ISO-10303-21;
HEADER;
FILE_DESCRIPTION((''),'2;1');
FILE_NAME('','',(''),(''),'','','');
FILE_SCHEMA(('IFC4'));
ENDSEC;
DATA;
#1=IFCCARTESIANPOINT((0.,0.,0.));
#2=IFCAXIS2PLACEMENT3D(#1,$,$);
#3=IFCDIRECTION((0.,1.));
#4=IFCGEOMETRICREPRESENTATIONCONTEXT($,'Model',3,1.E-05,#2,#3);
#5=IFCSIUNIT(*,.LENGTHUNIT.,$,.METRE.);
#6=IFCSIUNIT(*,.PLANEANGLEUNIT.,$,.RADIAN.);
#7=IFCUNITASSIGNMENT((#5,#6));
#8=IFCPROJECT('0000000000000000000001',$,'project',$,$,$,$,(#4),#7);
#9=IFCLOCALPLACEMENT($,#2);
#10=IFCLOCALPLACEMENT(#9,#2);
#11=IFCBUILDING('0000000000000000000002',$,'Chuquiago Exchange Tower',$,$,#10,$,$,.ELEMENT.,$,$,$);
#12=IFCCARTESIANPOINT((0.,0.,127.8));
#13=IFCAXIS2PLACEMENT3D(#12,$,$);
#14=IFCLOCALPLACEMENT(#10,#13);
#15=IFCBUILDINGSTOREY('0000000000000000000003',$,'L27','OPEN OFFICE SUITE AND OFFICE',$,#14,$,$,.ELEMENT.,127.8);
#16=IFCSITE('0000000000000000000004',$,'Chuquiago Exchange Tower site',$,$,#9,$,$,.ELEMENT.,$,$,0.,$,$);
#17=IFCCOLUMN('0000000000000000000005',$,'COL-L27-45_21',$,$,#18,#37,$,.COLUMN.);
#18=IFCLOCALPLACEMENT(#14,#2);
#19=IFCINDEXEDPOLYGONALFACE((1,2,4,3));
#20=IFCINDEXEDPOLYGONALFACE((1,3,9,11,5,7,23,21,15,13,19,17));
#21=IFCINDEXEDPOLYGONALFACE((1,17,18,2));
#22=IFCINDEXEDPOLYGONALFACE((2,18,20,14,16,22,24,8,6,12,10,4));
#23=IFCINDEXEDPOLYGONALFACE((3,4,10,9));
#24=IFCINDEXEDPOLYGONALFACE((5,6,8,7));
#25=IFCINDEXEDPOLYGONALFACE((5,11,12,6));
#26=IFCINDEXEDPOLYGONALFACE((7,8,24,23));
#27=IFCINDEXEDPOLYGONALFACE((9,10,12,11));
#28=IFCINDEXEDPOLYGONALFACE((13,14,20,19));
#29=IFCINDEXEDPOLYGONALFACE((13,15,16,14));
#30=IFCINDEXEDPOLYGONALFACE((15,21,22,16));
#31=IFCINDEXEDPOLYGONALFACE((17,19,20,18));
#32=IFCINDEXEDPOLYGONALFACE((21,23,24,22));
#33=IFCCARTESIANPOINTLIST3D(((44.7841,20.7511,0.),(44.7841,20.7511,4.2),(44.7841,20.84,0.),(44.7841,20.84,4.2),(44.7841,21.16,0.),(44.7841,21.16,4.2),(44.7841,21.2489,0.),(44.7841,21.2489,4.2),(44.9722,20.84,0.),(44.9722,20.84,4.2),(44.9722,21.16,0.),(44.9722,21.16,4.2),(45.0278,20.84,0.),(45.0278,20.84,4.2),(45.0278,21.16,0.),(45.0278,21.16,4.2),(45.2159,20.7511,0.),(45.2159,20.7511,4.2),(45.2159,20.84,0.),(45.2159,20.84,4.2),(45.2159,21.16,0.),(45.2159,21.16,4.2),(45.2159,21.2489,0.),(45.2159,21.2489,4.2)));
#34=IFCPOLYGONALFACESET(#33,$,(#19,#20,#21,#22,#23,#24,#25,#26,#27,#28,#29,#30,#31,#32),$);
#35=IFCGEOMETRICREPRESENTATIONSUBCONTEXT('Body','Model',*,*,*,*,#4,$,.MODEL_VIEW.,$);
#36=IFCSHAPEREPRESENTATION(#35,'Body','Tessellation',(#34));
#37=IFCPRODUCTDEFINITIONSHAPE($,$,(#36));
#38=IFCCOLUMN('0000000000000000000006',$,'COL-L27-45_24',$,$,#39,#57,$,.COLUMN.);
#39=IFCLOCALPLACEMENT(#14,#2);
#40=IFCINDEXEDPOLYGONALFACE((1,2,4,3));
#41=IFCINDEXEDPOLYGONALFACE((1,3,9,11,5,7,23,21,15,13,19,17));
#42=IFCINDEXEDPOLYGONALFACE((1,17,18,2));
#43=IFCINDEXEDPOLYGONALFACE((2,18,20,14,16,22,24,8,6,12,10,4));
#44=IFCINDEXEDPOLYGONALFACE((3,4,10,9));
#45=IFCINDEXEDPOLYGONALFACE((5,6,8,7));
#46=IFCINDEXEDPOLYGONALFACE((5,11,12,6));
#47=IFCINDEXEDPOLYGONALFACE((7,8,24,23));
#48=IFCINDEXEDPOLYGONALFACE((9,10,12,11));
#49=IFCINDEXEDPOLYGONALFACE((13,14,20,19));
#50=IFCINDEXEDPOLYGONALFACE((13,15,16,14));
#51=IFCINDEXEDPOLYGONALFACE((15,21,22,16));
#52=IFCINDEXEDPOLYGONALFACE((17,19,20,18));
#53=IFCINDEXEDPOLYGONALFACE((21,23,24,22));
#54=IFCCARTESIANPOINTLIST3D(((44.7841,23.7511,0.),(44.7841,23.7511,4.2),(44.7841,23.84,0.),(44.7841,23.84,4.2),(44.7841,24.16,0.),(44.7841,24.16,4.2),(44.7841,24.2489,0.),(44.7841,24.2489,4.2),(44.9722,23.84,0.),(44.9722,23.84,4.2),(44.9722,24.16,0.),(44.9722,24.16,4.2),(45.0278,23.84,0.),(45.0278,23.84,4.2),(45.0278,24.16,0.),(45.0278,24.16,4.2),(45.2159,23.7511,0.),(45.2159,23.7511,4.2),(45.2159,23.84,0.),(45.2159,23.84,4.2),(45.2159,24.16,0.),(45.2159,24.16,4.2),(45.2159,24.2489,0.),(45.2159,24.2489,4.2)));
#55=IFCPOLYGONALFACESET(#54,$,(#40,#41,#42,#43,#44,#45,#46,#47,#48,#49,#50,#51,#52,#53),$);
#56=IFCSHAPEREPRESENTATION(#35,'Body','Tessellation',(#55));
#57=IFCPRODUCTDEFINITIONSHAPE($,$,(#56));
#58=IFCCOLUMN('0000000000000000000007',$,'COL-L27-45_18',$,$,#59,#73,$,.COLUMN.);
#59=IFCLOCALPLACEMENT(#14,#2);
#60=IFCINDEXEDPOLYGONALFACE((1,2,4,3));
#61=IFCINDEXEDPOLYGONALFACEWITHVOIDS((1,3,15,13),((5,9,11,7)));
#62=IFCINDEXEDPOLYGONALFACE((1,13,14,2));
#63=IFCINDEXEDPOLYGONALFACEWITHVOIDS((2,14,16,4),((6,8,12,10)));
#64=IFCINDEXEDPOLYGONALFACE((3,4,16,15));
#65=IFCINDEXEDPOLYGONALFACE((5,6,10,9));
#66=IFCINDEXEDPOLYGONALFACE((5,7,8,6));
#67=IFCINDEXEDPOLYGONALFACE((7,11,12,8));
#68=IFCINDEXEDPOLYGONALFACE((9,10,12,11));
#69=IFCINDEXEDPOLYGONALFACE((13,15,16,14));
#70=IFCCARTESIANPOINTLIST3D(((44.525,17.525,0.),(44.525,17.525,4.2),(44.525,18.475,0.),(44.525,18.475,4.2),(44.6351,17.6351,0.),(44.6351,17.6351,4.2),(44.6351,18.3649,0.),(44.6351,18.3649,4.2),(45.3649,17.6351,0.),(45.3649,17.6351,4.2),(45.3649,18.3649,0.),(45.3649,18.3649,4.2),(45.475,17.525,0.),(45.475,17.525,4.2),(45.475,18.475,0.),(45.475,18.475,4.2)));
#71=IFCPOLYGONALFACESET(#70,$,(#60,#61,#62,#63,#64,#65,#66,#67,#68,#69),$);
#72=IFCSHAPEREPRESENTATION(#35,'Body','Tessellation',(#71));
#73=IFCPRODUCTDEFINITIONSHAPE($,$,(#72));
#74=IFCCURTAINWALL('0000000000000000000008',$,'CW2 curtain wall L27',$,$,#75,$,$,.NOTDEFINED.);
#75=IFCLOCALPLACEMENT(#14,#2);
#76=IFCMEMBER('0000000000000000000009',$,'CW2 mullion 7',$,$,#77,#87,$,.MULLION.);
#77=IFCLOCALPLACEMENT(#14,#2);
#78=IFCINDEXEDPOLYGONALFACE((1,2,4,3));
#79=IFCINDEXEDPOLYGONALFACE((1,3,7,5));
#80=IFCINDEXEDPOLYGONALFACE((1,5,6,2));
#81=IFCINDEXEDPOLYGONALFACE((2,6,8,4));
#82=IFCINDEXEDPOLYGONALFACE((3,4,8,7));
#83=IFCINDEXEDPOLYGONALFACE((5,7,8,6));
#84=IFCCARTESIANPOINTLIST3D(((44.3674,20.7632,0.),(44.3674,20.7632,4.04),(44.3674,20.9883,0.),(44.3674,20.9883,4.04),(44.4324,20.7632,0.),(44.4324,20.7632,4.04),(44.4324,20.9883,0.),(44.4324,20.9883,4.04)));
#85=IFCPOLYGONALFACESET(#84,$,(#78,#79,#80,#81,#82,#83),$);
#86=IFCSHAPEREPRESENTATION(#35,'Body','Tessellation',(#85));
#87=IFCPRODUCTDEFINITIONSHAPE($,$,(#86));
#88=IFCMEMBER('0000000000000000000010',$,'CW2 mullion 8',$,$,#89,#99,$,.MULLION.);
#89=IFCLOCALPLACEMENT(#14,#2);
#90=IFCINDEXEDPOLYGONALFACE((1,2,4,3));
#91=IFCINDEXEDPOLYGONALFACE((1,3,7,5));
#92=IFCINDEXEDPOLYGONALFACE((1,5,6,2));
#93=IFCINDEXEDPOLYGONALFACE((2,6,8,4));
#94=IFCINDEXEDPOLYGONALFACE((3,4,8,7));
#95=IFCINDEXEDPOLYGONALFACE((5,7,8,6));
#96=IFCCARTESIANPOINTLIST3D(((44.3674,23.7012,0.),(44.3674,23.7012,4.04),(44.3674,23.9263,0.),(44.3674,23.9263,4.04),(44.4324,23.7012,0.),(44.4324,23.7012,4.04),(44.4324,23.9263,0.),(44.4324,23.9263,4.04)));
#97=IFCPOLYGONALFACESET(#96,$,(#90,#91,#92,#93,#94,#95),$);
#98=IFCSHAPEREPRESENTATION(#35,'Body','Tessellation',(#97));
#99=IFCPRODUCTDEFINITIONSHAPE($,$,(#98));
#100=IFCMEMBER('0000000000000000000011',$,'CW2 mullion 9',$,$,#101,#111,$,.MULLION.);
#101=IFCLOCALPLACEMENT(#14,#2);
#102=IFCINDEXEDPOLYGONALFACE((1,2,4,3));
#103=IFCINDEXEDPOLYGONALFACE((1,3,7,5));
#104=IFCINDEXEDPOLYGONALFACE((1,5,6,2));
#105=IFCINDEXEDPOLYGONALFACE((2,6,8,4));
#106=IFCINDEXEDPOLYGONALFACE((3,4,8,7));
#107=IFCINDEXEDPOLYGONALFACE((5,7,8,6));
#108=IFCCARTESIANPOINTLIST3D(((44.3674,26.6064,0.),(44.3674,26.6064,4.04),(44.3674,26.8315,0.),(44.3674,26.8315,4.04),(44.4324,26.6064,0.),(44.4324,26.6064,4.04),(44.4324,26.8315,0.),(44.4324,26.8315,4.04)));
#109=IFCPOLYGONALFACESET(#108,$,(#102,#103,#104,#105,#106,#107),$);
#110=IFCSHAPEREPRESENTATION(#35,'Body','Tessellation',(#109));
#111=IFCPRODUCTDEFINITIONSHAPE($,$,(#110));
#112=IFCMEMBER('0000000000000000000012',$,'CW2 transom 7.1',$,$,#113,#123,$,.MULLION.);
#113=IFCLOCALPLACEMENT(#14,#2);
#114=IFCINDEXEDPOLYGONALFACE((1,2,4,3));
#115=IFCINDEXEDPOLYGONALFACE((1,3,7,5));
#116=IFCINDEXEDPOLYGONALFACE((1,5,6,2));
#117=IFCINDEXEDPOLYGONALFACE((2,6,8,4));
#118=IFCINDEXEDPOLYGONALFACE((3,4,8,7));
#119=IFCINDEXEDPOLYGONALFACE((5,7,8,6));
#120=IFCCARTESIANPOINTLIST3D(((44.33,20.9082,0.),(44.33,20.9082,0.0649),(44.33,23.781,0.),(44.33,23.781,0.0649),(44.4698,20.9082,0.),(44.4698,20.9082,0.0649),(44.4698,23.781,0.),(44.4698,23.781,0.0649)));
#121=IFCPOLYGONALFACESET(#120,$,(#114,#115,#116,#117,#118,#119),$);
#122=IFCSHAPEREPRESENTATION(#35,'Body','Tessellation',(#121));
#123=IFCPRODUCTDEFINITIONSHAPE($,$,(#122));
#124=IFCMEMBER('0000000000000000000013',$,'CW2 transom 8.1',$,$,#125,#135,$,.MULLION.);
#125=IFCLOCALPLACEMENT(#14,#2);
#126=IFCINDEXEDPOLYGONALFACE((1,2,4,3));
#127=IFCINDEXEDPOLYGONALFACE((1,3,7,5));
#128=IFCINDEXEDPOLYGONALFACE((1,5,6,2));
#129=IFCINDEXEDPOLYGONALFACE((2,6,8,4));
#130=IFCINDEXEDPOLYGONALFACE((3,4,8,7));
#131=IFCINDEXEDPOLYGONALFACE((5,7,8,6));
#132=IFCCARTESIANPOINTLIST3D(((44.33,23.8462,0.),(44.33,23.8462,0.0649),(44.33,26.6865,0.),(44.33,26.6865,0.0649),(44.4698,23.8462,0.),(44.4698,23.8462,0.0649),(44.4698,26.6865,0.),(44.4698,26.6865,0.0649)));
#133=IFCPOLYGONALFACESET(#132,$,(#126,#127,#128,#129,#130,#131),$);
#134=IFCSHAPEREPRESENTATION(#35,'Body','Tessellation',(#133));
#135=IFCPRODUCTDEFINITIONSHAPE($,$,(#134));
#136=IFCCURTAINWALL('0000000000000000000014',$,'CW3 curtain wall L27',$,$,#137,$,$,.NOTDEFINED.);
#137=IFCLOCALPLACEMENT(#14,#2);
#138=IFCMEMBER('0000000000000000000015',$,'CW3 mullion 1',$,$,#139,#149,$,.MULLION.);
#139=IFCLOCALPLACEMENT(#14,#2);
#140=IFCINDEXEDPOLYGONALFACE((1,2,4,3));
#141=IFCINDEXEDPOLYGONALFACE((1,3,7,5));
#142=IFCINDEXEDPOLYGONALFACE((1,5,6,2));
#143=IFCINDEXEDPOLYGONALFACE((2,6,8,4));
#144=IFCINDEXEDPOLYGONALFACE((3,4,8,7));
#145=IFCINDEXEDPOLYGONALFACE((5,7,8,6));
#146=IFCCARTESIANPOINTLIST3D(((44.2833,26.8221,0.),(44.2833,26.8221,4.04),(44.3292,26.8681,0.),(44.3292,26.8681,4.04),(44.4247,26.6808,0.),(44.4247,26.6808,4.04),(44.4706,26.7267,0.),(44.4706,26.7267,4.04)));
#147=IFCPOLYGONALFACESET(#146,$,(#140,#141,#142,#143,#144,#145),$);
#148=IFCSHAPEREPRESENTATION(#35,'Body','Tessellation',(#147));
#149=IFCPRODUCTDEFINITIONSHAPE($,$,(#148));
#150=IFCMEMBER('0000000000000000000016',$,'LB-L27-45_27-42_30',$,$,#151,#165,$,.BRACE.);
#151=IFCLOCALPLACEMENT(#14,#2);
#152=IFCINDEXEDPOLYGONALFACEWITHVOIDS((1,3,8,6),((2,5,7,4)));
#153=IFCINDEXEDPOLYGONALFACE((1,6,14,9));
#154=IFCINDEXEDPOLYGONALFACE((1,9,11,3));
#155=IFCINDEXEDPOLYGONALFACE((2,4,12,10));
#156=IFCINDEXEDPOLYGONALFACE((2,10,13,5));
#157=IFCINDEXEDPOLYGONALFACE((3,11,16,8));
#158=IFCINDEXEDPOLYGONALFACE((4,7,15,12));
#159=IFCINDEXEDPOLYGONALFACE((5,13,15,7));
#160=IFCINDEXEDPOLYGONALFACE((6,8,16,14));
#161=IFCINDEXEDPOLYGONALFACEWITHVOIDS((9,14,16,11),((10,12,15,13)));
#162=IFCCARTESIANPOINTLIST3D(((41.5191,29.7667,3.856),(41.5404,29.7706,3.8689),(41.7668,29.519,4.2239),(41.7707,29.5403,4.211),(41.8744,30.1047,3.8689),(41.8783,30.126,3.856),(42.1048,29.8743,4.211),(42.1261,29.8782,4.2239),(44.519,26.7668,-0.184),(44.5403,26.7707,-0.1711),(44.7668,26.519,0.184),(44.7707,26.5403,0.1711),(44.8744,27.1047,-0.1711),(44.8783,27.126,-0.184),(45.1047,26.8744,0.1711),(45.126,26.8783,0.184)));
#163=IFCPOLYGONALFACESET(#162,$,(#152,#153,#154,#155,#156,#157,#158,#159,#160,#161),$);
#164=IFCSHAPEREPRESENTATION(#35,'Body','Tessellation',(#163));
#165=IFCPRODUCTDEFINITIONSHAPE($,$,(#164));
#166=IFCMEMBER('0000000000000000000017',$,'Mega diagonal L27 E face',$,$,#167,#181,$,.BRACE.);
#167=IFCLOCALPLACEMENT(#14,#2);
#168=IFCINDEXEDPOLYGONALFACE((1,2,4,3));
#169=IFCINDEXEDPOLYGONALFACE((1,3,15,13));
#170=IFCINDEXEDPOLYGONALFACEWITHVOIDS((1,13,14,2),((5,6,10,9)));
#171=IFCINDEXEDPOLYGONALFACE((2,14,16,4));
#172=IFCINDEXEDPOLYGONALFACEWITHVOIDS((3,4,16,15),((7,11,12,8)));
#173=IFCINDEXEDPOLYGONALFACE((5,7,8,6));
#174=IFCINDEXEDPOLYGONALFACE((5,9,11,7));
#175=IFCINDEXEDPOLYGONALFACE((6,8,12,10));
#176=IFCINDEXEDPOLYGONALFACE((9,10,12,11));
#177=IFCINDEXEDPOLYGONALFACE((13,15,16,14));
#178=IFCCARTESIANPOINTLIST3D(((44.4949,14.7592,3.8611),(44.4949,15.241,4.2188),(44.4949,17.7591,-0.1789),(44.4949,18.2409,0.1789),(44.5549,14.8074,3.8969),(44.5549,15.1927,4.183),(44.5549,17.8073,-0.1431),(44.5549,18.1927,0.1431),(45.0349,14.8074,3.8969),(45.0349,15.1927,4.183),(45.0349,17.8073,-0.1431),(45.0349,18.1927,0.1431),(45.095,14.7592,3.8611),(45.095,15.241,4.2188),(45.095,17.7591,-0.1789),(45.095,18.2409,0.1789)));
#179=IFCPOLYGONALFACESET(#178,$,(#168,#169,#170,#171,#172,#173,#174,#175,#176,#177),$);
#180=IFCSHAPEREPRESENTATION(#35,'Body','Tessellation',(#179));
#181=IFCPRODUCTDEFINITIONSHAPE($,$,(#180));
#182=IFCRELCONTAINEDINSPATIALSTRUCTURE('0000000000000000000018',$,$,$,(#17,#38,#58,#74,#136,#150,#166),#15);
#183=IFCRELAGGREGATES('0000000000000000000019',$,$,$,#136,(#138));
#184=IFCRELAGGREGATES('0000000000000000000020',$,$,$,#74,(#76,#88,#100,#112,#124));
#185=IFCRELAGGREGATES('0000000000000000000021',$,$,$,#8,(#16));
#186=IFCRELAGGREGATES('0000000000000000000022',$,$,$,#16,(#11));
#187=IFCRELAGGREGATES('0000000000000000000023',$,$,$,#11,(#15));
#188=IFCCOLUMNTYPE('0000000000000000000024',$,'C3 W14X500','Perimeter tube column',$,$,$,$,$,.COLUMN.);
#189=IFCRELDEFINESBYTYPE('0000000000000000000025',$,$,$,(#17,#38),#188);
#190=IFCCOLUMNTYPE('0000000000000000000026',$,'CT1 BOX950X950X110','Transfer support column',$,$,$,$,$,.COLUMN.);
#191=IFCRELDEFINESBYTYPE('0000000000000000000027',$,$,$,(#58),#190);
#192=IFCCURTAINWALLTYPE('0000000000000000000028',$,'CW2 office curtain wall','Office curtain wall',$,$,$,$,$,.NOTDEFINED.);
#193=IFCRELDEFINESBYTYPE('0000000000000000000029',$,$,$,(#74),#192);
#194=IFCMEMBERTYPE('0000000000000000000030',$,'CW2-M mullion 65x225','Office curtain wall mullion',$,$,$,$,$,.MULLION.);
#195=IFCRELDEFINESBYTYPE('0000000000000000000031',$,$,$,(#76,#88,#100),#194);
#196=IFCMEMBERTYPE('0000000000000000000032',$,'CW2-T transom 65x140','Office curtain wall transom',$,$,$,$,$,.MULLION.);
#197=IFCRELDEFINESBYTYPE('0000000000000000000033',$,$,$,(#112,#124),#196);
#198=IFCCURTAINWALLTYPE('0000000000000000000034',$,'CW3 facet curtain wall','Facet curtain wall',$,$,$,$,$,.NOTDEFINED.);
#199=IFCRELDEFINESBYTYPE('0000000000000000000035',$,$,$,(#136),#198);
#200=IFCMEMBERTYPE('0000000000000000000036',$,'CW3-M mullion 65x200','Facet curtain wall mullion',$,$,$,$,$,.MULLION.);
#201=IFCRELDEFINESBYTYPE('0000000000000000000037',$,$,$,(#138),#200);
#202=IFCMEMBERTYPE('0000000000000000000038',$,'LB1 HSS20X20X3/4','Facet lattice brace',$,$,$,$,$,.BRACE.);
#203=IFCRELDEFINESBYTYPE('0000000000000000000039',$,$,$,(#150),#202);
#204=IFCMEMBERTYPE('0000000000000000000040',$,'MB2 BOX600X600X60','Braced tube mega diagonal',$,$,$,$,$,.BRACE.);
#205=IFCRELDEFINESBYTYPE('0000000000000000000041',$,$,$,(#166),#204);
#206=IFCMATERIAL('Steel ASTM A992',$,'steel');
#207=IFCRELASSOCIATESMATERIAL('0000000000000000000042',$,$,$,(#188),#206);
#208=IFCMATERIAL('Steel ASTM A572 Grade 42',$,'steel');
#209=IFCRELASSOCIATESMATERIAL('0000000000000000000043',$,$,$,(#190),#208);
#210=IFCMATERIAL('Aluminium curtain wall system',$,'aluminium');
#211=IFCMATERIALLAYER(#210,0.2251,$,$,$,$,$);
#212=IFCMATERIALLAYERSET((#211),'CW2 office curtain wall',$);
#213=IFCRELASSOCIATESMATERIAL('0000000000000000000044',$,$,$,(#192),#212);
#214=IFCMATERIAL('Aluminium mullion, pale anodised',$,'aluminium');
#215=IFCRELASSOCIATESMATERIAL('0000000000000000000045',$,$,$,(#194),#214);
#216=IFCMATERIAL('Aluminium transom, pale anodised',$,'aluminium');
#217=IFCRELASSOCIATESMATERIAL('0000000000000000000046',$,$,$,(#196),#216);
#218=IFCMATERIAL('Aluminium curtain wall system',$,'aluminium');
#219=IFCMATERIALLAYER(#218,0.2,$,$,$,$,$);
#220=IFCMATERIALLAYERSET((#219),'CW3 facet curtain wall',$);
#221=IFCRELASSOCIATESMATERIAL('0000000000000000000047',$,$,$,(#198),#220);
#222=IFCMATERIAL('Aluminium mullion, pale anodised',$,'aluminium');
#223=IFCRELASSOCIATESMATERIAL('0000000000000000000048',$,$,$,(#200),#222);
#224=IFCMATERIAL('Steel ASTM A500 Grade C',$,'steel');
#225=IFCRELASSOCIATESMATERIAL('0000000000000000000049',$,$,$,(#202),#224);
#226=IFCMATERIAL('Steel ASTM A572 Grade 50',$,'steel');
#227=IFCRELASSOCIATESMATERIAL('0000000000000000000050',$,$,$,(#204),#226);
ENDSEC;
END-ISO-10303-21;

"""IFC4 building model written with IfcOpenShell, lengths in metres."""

from ifc_helpers import new_model, si_unit, direction, frame, origin, origin_2d, place, context, subcontext, project, spatial, rectangle, hollow_rectangle, i_section, extrude, material, layer, layer_set, material_profile, profile_set, type_object, element, aggregate, save


model = new_model("IFC4")

# Units and contexts
model_context = context("Model", 3, precision=1e-05, world=origin(), true_north=direction((0.0, 1.0)))
body_context = subcontext(model_context, "Body", "Model", "MODEL_VIEW")
ifc_project = project(units=[si_unit("LENGTHUNIT", "METRE"), si_unit("PLANEANGLEUNIT", "RADIAN")], contexts=[model_context])

# Site, building, storey
site_placement = place(None, origin())
site = spatial("IfcSite", under=ifc_project, at=site_placement, Name="Chuquiago Exchange Tower site", CompositionType="ELEMENT", RefElevation=0.0)
building_placement = place(site_placement, origin())
building = spatial("IfcBuilding", under=site, at=building_placement, Name="Chuquiago Exchange Tower", CompositionType="ELEMENT")
storey_placement = place(building_placement, frame((0.0, 0.0, 127.8)))
storey = spatial("IfcBuildingStorey", under=building, at=storey_placement, Name="L27", Description="OPEN OFFICE SUITE AND OFFICE", CompositionType="ELEMENT", Elevation=127.8)

# Columns
ifc_material_1 = material(Name="Steel ASTM A992", Category="steel")
ifc_material_profile_1 = material_profile(ifc_material_1, i_section(OverallWidth=0.4319, OverallDepth=0.4978, WebThickness=0.0557, FlangeThickness=0.0889, at=origin_2d()), Name="W14X500")
ifc_profile_set_1 = profile_set([ifc_material_profile_1], Name="Steel ASTM A992")
column_type_1 = type_object("IfcColumnType", Name="C3 W14X500", Description="Perimeter tube column", PredefinedType="COLUMN", material=ifc_profile_set_1)
for number, where, z_axis, x_axis, name in (
    (1, (45.0, 21.0, 0.0), (0.0, 0.0, 1.0), (1.0, 0.0, 0.0), "COL-L27-45_21"),
    (2, (45.0, 24.0, 0.0), (0.0, 0.0, 1.0), (1.0, 0.0, 0.0), "COL-L27-45_24"),
):
    element("IfcColumn", number, at=place(storey_placement, frame(where, z_axis=z_axis, x_axis=x_axis)), inside=storey, type_object=column_type_1, Name=name, PredefinedType="COLUMN", context=body_context, shape_type="SweptSolid", body=[
        extrude(i_section(OverallWidth=0.4319, OverallDepth=0.4978, WebThickness=0.0557, FlangeThickness=0.0889, at=origin_2d()), origin(), (0.0, 0.0, 1.0), 4.2),
    ])
ifc_material_2 = material(Name="Steel ASTM A572 Grade 42", Category="steel")
ifc_material_profile_2 = material_profile(ifc_material_2, hollow_rectangle(XDim=0.95, YDim=0.95, WallThickness=0.1101, at=origin_2d()), Name="BOX950X950X110")
ifc_profile_set_2 = profile_set([ifc_material_profile_2], Name="Steel ASTM A572 Grade 42")
column_type_2 = type_object("IfcColumnType", Name="CT1 BOX950X950X110", Description="Transfer support column", PredefinedType="COLUMN", material=ifc_profile_set_2)
column_placement = place(storey_placement, frame((45.0, 18.0, 0.0), z_axis=(0.0, 0.0, 1.0), x_axis=(1.0, 0.0, 0.0)))
element("IfcColumn", 3, at=column_placement, inside=storey, type_object=column_type_2, Name="COL-L27-45_18", PredefinedType="COLUMN", context=body_context, shape_type="SweptSolid", body=[
    extrude(hollow_rectangle(XDim=0.95, YDim=0.95, WallThickness=0.1101, at=origin_2d()), origin(), (0.0, 0.0, 1.0), 4.2),
])

# Curtain wall, members
ifc_material_3 = material(Name="Aluminium curtain wall system", Category="aluminium")
ifc_layer_1 = layer(ifc_material_3, 0.2251)
ifc_layer_set_1 = layer_set([ifc_layer_1], Name="CW2 office curtain wall")
curtain_wall_type_1 = type_object("IfcCurtainWallType", Name="CW2 office curtain wall", Description="Office curtain wall", PredefinedType="NOTDEFINED", material=ifc_layer_set_1)
curtain_wall_1_placement = place(storey_placement, origin())
curtain_wall_1 = element("IfcCurtainWall", 4, at=curtain_wall_1_placement, inside=storey, type_object=curtain_wall_type_1, Name="CW2 curtain wall L27", PredefinedType="NOTDEFINED")
ifc_material_4 = material(Name="Aluminium mullion, pale anodised", Category="aluminium")
ifc_material_profile_3 = material_profile(ifc_material_4, rectangle(XDim=0.0649, YDim=0.2251, at=origin_2d()), Name="AL 65x225")
ifc_profile_set_3 = profile_set([ifc_material_profile_3], Name="Aluminium mullion, pale anodised")
member_type_1 = type_object("IfcMemberType", Name="CW2-M mullion 65x225", Description="Office curtain wall mullion", PredefinedType="MULLION", material=ifc_profile_set_3)
member_1_placement = place(storey_placement, frame((44.3999, 20.8757, 0.0), z_axis=(0.0, 0.0, 1.0), x_axis=(-1.0, 0.0, 0.0)))
member_1 = element("IfcMember", 5, at=member_1_placement, type_object=member_type_1, Name="CW2 mullion 7", PredefinedType="MULLION", context=body_context, shape_type="SweptSolid", body=[
    extrude(rectangle(XDim=0.0649, YDim=0.2251, at=origin_2d()), origin(), (0.0, 0.0, 1.0), 4.04),
])
member_2_placement = place(storey_placement, frame((44.3999, 23.8137, 0.0), z_axis=(0.0, 0.0, 1.0), x_axis=(-1.0, 0.0, 0.0)))
member_2 = element("IfcMember", 6, at=member_2_placement, type_object=member_type_1, Name="CW2 mullion 8", PredefinedType="MULLION", context=body_context, shape_type="SweptSolid", body=[
    extrude(rectangle(XDim=0.0649, YDim=0.2251, at=origin_2d()), origin(), (0.0, 0.0, 1.0), 4.04),
])
member_3_placement = place(storey_placement, frame((44.3999, 26.719, 0.0), z_axis=(0.0, 0.0, 1.0), x_axis=(-1.0, 0.0, 0.0)))
member_3 = element("IfcMember", 7, at=member_3_placement, type_object=member_type_1, Name="CW2 mullion 9", PredefinedType="MULLION", context=body_context, shape_type="SweptSolid", body=[
    extrude(rectangle(XDim=0.0649, YDim=0.2251, at=origin_2d()), origin(), (0.0, 0.0, 1.0), 4.04),
])
ifc_material_5 = material(Name="Aluminium transom, pale anodised", Category="aluminium")
ifc_material_profile_4 = material_profile(ifc_material_5, rectangle(XDim=0.1399, YDim=0.0649, at=origin_2d()), Name="AL 140x65")
ifc_profile_set_4 = profile_set([ifc_material_profile_4], Name="Aluminium transom, pale anodised")
member_type_2 = type_object("IfcMemberType", Name="CW2-T transom 65x140", Description="Office curtain wall transom", PredefinedType="MULLION", material=ifc_profile_set_4)
member_4_placement = place(storey_placement, frame((44.3999, 20.9082, 0.0325), z_axis=(0.0, 1.0, 0.0), x_axis=(-1.0, 0.0, 0.0)))
member_4 = element("IfcMember", 8, at=member_4_placement, type_object=member_type_2, Name="CW2 transom 7.1", PredefinedType="MULLION", context=body_context, shape_type="SweptSolid", body=[
    extrude(rectangle(XDim=0.1399, YDim=0.0649, at=origin_2d()), origin(), (0.0, 0.0, 1.0), 2.8728),
])
member_5_placement = place(storey_placement, frame((44.3999, 23.8462, 0.0325), z_axis=(0.0, 1.0, 0.0), x_axis=(-1.0, 0.0, 0.0)))
member_5 = element("IfcMember", 9, at=member_5_placement, type_object=member_type_2, Name="CW2 transom 8.1", PredefinedType="MULLION", context=body_context, shape_type="SweptSolid", body=[
    extrude(rectangle(XDim=0.1399, YDim=0.0649, at=origin_2d()), origin(), (0.0, 0.0, 1.0), 2.8403),
])

# Curtain wall, member
ifc_material_6 = material(Name="Aluminium curtain wall system", Category="aluminium")
ifc_layer_2 = layer(ifc_material_6, 0.2)
ifc_layer_set_2 = layer_set([ifc_layer_2], Name="CW3 facet curtain wall")
curtain_wall_type_2 = type_object("IfcCurtainWallType", Name="CW3 facet curtain wall", Description="Facet curtain wall", PredefinedType="NOTDEFINED", material=ifc_layer_set_2)
curtain_wall_2_placement = place(storey_placement, origin())
curtain_wall_2 = element("IfcCurtainWall", 10, at=curtain_wall_2_placement, inside=storey, type_object=curtain_wall_type_2, Name="CW3 curtain wall L27", PredefinedType="NOTDEFINED")
ifc_material_7 = material(Name="Aluminium mullion, pale anodised", Category="aluminium")
ifc_material_profile_5 = material_profile(ifc_material_7, rectangle(XDim=0.0649, YDim=0.2, at=origin_2d()), Name="AL 65x200")
ifc_profile_set_5 = profile_set([ifc_material_profile_5], Name="Aluminium mullion, pale anodised")
member_type_3 = type_object("IfcMemberType", Name="CW3-M mullion 65x200", Description="Facet curtain wall mullion", PredefinedType="MULLION", material=ifc_profile_set_5)
member_6_placement = place(storey_placement, frame((44.377, 26.7744, 0.0), z_axis=(0.0, 0.0, 1.0), x_axis=(-0.707107, -0.707107, 0.0)))
member_6 = element("IfcMember", 11, at=member_6_placement, type_object=member_type_3, Name="CW3 mullion 1", PredefinedType="MULLION", context=body_context, shape_type="SweptSolid", body=[
    extrude(rectangle(XDim=0.0649, YDim=0.2, at=origin_2d()), origin(), (0.0, 0.0, 1.0), 4.04),
])
aggregate(curtain_wall_2, [member_6])

# Members
ifc_material_8 = material(Name="Steel ASTM A500 Grade C", Category="steel")
ifc_material_profile_6 = material_profile(ifc_material_8, hollow_rectangle(XDim=0.5081, YDim=0.5081, WallThickness=0.0178, at=origin_2d()), Name="HSS20X20X3/4")
ifc_profile_set_6 = profile_set([ifc_material_profile_6], Name="Steel ASTM A500 Grade C")
member_type_4 = type_object("IfcMemberType", Name="LB1 HSS20X20X3/4", Description="Facet lattice brace", PredefinedType="BRACE", material=ifc_profile_set_6)
member_7_placement = place(storey_placement, frame((44.8225, 26.8225, 0.0), z_axis=(-0.512077, 0.512077, 0.689604), x_axis=(-0.707107, -0.707107, 0.0)))
element("IfcMember", 12, at=member_7_placement, inside=storey, type_object=member_type_4, Name="LB-L27-45_27-42_30", PredefinedType="BRACE", context=body_context, shape_type="SweptSolid", body=[
    extrude(hollow_rectangle(XDim=0.5081, YDim=0.5081, WallThickness=0.0178, at=origin_2d()), origin(), (0.0, 0.0, 1.0), 5.8584),
])
ifc_material_9 = material(Name="Steel ASTM A572 Grade 50", Category="steel")
ifc_material_profile_7 = material_profile(ifc_material_9, hollow_rectangle(XDim=0.6001, YDim=0.6001, WallThickness=0.0601, at=origin_2d()), Name="BOX600X600X60")
ifc_profile_set_7 = profile_set([ifc_material_profile_7], Name="Steel ASTM A572 Grade 50")
member_type_5 = type_object("IfcMemberType", Name="MB2 BOX600X600X60", Description="Braced tube mega diagonal", PredefinedType="BRACE", material=ifc_profile_set_7)
for number, where, z_axis, x_axis, name in (
    (13, (44.7949, 18.0, 0.0), (0.0, -0.596174, 0.802855), (1.0, 0.0, 0.0), "Mega diagonal L27 E face"),
):
    element("IfcMember", number, at=place(storey_placement, frame(where, z_axis=z_axis, x_axis=x_axis)), inside=storey, type_object=member_type_5, Name=name, PredefinedType="BRACE", context=body_context, shape_type="SweptSolid", body=[
        extrude(hollow_rectangle(XDim=0.6001, YDim=0.6001, WallThickness=0.0601, at=origin_2d()), origin(), (0.0, 0.0, 1.0), 5.032),
    ])

aggregate(curtain_wall_1, [member_1, member_2, member_3, member_4, member_5])

save(model, "model.ifc")
